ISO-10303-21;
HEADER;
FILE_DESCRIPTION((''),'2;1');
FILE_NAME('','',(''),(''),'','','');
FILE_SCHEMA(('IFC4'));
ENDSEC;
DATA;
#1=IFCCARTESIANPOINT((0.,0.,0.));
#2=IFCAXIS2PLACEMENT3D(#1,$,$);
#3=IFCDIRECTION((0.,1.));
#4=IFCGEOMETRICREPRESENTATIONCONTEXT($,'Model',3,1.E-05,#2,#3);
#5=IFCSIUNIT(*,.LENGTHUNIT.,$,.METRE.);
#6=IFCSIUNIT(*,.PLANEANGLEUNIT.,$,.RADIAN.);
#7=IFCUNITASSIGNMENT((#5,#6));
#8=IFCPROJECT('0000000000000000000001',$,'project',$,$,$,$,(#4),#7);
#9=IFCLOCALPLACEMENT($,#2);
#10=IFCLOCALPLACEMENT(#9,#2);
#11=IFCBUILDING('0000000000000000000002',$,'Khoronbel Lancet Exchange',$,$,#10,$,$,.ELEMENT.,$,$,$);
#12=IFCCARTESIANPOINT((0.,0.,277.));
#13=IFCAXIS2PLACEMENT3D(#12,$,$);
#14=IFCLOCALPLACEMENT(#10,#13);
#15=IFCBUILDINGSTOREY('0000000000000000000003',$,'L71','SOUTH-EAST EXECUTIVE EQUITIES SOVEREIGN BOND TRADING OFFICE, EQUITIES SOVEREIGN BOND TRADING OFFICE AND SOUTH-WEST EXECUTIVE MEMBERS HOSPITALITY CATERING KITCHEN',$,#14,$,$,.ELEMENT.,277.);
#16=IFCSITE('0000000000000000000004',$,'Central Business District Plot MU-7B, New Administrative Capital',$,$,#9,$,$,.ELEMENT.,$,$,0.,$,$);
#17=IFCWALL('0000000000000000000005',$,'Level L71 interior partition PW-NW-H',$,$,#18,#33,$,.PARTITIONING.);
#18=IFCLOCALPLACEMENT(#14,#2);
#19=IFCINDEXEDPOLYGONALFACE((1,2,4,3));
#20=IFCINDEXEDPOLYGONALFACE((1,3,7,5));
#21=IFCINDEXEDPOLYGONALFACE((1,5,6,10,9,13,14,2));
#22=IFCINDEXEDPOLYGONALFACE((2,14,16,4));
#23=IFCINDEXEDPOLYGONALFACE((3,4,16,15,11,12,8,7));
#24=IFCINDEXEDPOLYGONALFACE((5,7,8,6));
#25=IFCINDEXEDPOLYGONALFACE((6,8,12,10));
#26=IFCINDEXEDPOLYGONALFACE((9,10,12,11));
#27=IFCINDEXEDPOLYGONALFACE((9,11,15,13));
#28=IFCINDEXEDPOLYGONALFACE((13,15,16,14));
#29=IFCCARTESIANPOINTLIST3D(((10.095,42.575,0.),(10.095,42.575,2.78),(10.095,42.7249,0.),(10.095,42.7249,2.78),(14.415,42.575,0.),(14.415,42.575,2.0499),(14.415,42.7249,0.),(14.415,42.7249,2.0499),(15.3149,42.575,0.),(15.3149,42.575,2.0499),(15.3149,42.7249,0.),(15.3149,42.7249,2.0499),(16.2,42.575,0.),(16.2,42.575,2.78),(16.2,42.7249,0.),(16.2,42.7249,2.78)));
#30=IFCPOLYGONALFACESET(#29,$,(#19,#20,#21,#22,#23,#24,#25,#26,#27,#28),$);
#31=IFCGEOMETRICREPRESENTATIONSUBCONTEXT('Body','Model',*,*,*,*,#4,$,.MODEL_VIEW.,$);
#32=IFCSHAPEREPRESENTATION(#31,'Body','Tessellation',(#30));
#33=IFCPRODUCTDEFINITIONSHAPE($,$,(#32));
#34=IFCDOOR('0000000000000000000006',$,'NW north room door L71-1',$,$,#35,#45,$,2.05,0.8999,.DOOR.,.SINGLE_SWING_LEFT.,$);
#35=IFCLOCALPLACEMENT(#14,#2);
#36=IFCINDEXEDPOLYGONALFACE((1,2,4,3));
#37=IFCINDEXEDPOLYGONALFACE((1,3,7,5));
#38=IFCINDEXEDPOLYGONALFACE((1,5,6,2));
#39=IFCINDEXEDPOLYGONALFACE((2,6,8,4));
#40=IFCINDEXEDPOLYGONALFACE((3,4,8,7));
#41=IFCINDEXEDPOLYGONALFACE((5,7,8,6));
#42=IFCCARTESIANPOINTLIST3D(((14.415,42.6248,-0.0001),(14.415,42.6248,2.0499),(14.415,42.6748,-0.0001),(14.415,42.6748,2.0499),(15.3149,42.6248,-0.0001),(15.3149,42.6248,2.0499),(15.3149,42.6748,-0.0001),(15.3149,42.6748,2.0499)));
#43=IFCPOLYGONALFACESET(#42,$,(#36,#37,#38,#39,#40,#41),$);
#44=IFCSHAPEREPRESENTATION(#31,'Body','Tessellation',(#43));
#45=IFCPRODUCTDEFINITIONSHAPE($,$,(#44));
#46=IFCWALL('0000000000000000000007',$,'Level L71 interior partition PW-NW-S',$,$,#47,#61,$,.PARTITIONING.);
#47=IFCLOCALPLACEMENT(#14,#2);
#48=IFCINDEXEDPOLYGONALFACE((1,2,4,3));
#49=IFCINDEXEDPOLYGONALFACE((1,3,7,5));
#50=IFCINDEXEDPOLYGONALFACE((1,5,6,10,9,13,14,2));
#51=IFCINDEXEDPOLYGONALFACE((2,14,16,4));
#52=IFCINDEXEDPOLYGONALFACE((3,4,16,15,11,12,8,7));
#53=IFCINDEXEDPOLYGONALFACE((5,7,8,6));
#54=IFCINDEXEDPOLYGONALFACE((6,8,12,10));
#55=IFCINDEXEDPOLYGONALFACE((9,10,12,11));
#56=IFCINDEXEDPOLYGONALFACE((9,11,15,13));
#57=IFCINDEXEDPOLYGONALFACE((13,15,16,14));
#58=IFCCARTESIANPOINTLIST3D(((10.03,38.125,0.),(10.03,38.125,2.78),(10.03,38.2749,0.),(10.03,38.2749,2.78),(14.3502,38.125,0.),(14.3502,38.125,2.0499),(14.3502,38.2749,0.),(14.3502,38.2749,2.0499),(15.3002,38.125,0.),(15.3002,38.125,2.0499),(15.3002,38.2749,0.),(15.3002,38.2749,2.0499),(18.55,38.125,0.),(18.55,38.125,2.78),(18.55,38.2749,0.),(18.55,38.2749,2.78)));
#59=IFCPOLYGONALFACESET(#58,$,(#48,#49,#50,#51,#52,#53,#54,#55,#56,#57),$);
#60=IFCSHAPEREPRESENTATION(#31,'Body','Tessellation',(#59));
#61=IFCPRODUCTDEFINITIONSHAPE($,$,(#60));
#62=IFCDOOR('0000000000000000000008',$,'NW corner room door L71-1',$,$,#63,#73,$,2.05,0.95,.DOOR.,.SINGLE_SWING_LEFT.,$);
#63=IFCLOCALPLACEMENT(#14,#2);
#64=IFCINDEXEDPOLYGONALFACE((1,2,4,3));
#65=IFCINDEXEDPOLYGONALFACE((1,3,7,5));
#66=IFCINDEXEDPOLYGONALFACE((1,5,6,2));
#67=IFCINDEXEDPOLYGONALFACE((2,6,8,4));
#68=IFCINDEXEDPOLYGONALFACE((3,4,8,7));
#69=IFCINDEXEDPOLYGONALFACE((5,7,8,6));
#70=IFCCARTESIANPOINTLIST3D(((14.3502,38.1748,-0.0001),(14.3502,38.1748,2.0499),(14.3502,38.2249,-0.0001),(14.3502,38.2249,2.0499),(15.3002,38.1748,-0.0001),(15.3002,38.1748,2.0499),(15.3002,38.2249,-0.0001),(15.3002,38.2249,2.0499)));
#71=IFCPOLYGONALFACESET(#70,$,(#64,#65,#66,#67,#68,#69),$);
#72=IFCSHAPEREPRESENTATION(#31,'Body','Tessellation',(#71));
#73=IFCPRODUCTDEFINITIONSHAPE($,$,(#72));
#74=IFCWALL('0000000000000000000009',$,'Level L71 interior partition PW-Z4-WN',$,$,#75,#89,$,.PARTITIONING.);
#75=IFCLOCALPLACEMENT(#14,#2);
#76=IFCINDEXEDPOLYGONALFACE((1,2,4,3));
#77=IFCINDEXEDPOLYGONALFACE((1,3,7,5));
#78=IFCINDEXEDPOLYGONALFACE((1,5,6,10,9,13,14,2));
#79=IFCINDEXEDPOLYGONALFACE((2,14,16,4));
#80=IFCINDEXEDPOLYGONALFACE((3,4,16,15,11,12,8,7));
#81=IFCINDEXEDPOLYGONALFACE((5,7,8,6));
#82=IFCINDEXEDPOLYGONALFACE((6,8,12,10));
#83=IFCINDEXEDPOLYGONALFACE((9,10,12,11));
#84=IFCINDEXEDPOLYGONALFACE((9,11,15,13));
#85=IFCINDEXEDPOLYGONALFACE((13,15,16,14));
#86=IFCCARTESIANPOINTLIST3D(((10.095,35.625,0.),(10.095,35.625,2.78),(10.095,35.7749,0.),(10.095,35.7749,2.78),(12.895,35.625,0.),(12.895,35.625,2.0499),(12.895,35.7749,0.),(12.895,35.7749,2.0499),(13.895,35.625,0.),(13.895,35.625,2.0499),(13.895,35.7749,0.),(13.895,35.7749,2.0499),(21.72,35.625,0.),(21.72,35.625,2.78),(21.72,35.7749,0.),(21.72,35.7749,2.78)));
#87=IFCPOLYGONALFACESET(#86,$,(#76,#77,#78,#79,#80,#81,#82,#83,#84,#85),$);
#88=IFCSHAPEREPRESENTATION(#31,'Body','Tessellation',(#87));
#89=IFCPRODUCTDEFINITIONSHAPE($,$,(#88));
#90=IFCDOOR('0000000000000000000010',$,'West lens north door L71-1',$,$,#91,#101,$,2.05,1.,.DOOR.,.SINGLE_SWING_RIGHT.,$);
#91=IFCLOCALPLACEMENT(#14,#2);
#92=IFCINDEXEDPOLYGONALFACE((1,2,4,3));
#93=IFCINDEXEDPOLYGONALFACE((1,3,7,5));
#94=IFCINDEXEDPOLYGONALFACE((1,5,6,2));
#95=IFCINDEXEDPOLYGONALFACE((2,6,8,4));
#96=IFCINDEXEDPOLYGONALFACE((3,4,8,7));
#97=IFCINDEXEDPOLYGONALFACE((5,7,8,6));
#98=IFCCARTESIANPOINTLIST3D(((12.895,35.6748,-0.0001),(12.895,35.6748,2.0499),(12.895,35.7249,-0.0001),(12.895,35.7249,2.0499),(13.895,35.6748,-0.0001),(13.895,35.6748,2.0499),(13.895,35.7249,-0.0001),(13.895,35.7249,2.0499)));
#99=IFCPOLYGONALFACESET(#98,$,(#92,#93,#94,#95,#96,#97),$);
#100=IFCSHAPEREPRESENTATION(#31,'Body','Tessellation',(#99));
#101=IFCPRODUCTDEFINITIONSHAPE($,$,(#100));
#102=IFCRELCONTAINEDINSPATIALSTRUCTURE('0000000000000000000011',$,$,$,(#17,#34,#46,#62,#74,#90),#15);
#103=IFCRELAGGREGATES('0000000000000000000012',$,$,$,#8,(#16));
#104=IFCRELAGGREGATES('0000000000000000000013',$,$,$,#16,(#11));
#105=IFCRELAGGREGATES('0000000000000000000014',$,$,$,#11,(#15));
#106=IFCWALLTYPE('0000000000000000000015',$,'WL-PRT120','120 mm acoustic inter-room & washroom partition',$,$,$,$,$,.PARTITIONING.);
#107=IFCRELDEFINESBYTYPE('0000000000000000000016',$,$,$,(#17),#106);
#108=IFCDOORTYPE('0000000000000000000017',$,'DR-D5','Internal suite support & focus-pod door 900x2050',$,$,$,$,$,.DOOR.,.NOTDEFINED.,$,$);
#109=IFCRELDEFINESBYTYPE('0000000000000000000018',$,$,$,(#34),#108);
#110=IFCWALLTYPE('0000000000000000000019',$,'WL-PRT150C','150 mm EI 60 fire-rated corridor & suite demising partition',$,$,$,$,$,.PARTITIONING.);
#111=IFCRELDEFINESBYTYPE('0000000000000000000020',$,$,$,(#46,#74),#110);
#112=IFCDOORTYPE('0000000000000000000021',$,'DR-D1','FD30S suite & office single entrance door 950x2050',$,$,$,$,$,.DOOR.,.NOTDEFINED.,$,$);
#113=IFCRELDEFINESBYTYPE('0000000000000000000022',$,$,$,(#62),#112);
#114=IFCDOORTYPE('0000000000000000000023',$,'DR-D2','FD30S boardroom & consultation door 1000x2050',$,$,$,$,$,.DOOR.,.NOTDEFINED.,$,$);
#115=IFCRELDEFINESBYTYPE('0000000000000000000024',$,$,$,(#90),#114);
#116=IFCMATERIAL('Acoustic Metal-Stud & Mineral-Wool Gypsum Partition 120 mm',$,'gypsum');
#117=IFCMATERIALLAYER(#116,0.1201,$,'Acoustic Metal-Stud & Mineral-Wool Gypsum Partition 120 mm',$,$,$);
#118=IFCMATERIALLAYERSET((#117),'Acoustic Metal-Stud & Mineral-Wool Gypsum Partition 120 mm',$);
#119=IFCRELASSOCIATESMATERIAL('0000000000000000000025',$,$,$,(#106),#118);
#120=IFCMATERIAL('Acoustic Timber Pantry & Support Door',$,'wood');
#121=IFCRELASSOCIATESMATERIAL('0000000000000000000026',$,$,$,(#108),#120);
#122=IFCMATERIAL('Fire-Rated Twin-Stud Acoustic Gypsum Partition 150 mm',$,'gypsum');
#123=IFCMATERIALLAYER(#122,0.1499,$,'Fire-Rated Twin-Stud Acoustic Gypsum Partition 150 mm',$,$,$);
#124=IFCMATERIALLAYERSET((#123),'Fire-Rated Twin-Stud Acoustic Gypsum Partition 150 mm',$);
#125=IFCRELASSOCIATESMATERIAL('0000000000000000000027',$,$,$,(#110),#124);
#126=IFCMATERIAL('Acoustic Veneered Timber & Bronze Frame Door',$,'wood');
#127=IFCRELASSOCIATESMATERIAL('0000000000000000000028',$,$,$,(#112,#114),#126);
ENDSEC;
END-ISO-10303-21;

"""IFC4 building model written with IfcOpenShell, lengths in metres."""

from ifc_helpers import new_model, si_unit, direction, frame, frame_2d, origin, place, context, subcontext, project, spatial, rectangle, extrude, material, layer, layer_set, type_object, element, fill, save


model = new_model("IFC4")

# Units and contexts
model_context = context("Model", 3, precision=1e-05, world=origin(), true_north=direction((0.0, 1.0)))
body_context = subcontext(model_context, "Body", "Model", "MODEL_VIEW")
ifc_project = project(units=[si_unit("LENGTHUNIT", "METRE"), si_unit("PLANEANGLEUNIT", "RADIAN")], contexts=[model_context])

# Site, building, storey
site_placement = place(None, origin())
site = spatial("IfcSite", under=ifc_project, at=site_placement, Name="Central Business District Plot MU-7B, New Administrative Capital", CompositionType="ELEMENT", RefElevation=0.0)
building_placement = place(site_placement, origin())
building = spatial("IfcBuilding", under=site, at=building_placement, Name="Khoronbel Lancet Exchange", CompositionType="ELEMENT")
storey_placement = place(building_placement, frame((0.0, 0.0, 277.0)))
storey = spatial("IfcBuildingStorey", under=building, at=storey_placement, Name="L71", Description="SOUTH-EAST EXECUTIVE EQUITIES SOVEREIGN BOND TRADING OFFICE, EQUITIES SOVEREIGN BOND TRADING OFFICE AND SOUTH-WEST EXECUTIVE MEMBERS HOSPITALITY CATERING KITCHEN", CompositionType="ELEMENT", Elevation=277.0)

# Walls, openings, doors
ifc_material_1 = material(Name="Acoustic Metal-Stud & Mineral-Wool Gypsum Partition 120 mm", Category="gypsum")
ifc_layer_1 = layer(ifc_material_1, 0.1201, Name="Acoustic Metal-Stud & Mineral-Wool Gypsum Partition 120 mm")
ifc_layer_set_1 = layer_set([ifc_layer_1], Name="Acoustic Metal-Stud & Mineral-Wool Gypsum Partition 120 mm")
wall_type_1 = type_object("IfcWallType", Name="WL-PRT120", Description="120 mm acoustic inter-room & washroom partition", PredefinedType="PARTITIONING", material=ifc_layer_set_1)
wall_1_placement = place(storey_placement, frame((10.095, 42.6499, 0.0), z_axis=(0.0, 0.0, 1.0), x_axis=(1.0, 0.0, 0.0)))
wall_1 = element("IfcWall", 1, at=wall_1_placement, inside=storey, type_object=wall_type_1, Name="Level L71 interior partition PW-NW-H", PredefinedType="PARTITIONING", context=body_context, shape_type="SweptSolid", body=[
    extrude(rectangle(XDim=6.105, YDim=0.1499, at=frame_2d((3.0525, 0.0))), origin(), (0.0, 0.0, 1.0), 2.78),
])
opening_1_placement = place(wall_1_placement, frame((4.3201, 0.0, 0.0)))
opening_1 = element("IfcOpeningElement", 2, at=opening_1_placement, cuts=wall_1, PredefinedType="OPENING", context=body_context, shape_type="SweptSolid", body=[
    extrude(rectangle(XDim=0.8999, YDim=2.05, at=frame_2d((0.45, 1.0249))), frame((0.0, 0.085, 0.0), z_axis=(0.0, -1.0, 0.0), x_axis=(1.0, 0.0, 0.0)), (0.0, 0.0, 1.0), 0.1699),
])
ifc_material_2 = material(Name="Acoustic Timber Pantry & Support Door", Category="wood")
door_type_1 = type_object("IfcDoorType", Name="DR-D5", Description="Internal suite support & focus-pod door 900x2050", OperationType="NOTDEFINED", PredefinedType="DOOR", material=ifc_material_2)
door_1_placement = place(opening_1_placement, origin())
door_1 = element("IfcDoor", 3, at=door_1_placement, inside=storey, type_object=door_type_1, Name="NW north room door L71-1", OperationType="SINGLE_SWING_LEFT", OverallHeight=2.05, OverallWidth=0.8999, PredefinedType="DOOR", context=body_context, shape_type="SweptSolid", body=[
    extrude(rectangle(XDim=0.8999, YDim=2.05, at=frame_2d((0.45, 1.0249))), frame((0.0, 0.0249, 0.0), z_axis=(0.0, -1.0, 0.0), x_axis=(1.0, 0.0, 0.0)), (0.0, 0.0, 1.0), 0.05),
])
fill(opening_1, door_1)
ifc_material_3 = material(Name="Fire-Rated Twin-Stud Acoustic Gypsum Partition 150 mm", Category="gypsum")
ifc_layer_2 = layer(ifc_material_3, 0.1499, Name="Fire-Rated Twin-Stud Acoustic Gypsum Partition 150 mm")
ifc_layer_set_2 = layer_set([ifc_layer_2], Name="Fire-Rated Twin-Stud Acoustic Gypsum Partition 150 mm")
wall_type_2 = type_object("IfcWallType", Name="WL-PRT150C", Description="150 mm EI 60 fire-rated corridor & suite demising partition", PredefinedType="PARTITIONING", material=ifc_layer_set_2)
wall_2_placement = place(storey_placement, frame((10.03, 38.2, 0.0), z_axis=(0.0, 0.0, 1.0), x_axis=(1.0, 0.0, 0.0)))
wall_2 = element("IfcWall", 4, at=wall_2_placement, inside=storey, type_object=wall_type_2, Name="Level L71 interior partition PW-NW-S", PredefinedType="PARTITIONING", context=body_context, shape_type="SweptSolid", body=[
    extrude(rectangle(XDim=8.52, YDim=0.1499, at=frame_2d((4.26, 0.0))), origin(), (0.0, 0.0, 1.0), 2.78),
])
opening_2_placement = place(wall_2_placement, frame((4.3201, 0.0, 0.0)))
opening_2 = element("IfcOpeningElement", 5, at=opening_2_placement, cuts=wall_2, PredefinedType="OPENING", context=body_context, shape_type="SweptSolid", body=[
    extrude(rectangle(XDim=0.95, YDim=2.05, at=frame_2d((0.4751, 1.0249))), frame((0.0, 0.085, 0.0), z_axis=(0.0, -1.0, 0.0), x_axis=(1.0, 0.0, 0.0)), (0.0, 0.0, 1.0), 0.1699),
])
ifc_material_4 = material(Name="Acoustic Veneered Timber & Bronze Frame Door", Category="wood")
door_type_2 = type_object("IfcDoorType", Name="DR-D1", Description="FD30S suite & office single entrance door 950x2050", OperationType="NOTDEFINED", PredefinedType="DOOR", material=ifc_material_4)
door_2_placement = place(opening_2_placement, origin())
door_2 = element("IfcDoor", 6, at=door_2_placement, inside=storey, type_object=door_type_2, Name="NW corner room door L71-1", OperationType="SINGLE_SWING_LEFT", OverallHeight=2.05, OverallWidth=0.95, PredefinedType="DOOR", context=body_context, shape_type="SweptSolid", body=[
    extrude(rectangle(XDim=0.95, YDim=2.05, at=frame_2d((0.4751, 1.0249))), frame((0.0, 0.0249, 0.0), z_axis=(0.0, -1.0, 0.0), x_axis=(1.0, 0.0, 0.0)), (0.0, 0.0, 1.0), 0.05),
])
fill(opening_2, door_2)
wall_3_placement = place(storey_placement, frame((10.095, 35.7, 0.0), z_axis=(0.0, 0.0, 1.0), x_axis=(1.0, 0.0, 0.0)))
wall_3 = element("IfcWall", 7, at=wall_3_placement, inside=storey, type_object=wall_type_2, Name="Level L71 interior partition PW-Z4-WN", PredefinedType="PARTITIONING", context=body_context, shape_type="SweptSolid", body=[
    extrude(rectangle(XDim=11.625, YDim=0.1499, at=frame_2d((5.8125, 0.0))), origin(), (0.0, 0.0, 1.0), 2.78),
])
opening_3_placement = place(wall_3_placement, frame((2.8, 0.0, 0.0)))
opening_3 = element("IfcOpeningElement", 8, at=opening_3_placement, cuts=wall_3, PredefinedType="OPENING", context=body_context, shape_type="SweptSolid", body=[
    extrude(rectangle(XDim=1.0, YDim=2.05, at=frame_2d((0.5, 1.0249))), frame((0.0, 0.085, 0.0), z_axis=(0.0, -1.0, 0.0), x_axis=(1.0, 0.0, 0.0)), (0.0, 0.0, 1.0), 0.1699),
])
door_type_3 = type_object("IfcDoorType", Name="DR-D2", Description="FD30S boardroom & consultation door 1000x2050", OperationType="NOTDEFINED", PredefinedType="DOOR", material=ifc_material_4)
door_3_placement = place(opening_3_placement, origin())
door_3 = element("IfcDoor", 9, at=door_3_placement, inside=storey, type_object=door_type_3, Name="West lens north door L71-1", OperationType="SINGLE_SWING_RIGHT", OverallHeight=2.05, OverallWidth=1.0, PredefinedType="DOOR", context=body_context, shape_type="SweptSolid", body=[
    extrude(rectangle(XDim=1.0, YDim=2.05, at=frame_2d((0.5, 1.0249))), frame((0.0, 0.0249, 0.0), z_axis=(0.0, -1.0, 0.0), x_axis=(1.0, 0.0, 0.0)), (0.0, 0.0, 1.0), 0.05),
])
fill(opening_3, door_3)

save(model, "model.ifc")
